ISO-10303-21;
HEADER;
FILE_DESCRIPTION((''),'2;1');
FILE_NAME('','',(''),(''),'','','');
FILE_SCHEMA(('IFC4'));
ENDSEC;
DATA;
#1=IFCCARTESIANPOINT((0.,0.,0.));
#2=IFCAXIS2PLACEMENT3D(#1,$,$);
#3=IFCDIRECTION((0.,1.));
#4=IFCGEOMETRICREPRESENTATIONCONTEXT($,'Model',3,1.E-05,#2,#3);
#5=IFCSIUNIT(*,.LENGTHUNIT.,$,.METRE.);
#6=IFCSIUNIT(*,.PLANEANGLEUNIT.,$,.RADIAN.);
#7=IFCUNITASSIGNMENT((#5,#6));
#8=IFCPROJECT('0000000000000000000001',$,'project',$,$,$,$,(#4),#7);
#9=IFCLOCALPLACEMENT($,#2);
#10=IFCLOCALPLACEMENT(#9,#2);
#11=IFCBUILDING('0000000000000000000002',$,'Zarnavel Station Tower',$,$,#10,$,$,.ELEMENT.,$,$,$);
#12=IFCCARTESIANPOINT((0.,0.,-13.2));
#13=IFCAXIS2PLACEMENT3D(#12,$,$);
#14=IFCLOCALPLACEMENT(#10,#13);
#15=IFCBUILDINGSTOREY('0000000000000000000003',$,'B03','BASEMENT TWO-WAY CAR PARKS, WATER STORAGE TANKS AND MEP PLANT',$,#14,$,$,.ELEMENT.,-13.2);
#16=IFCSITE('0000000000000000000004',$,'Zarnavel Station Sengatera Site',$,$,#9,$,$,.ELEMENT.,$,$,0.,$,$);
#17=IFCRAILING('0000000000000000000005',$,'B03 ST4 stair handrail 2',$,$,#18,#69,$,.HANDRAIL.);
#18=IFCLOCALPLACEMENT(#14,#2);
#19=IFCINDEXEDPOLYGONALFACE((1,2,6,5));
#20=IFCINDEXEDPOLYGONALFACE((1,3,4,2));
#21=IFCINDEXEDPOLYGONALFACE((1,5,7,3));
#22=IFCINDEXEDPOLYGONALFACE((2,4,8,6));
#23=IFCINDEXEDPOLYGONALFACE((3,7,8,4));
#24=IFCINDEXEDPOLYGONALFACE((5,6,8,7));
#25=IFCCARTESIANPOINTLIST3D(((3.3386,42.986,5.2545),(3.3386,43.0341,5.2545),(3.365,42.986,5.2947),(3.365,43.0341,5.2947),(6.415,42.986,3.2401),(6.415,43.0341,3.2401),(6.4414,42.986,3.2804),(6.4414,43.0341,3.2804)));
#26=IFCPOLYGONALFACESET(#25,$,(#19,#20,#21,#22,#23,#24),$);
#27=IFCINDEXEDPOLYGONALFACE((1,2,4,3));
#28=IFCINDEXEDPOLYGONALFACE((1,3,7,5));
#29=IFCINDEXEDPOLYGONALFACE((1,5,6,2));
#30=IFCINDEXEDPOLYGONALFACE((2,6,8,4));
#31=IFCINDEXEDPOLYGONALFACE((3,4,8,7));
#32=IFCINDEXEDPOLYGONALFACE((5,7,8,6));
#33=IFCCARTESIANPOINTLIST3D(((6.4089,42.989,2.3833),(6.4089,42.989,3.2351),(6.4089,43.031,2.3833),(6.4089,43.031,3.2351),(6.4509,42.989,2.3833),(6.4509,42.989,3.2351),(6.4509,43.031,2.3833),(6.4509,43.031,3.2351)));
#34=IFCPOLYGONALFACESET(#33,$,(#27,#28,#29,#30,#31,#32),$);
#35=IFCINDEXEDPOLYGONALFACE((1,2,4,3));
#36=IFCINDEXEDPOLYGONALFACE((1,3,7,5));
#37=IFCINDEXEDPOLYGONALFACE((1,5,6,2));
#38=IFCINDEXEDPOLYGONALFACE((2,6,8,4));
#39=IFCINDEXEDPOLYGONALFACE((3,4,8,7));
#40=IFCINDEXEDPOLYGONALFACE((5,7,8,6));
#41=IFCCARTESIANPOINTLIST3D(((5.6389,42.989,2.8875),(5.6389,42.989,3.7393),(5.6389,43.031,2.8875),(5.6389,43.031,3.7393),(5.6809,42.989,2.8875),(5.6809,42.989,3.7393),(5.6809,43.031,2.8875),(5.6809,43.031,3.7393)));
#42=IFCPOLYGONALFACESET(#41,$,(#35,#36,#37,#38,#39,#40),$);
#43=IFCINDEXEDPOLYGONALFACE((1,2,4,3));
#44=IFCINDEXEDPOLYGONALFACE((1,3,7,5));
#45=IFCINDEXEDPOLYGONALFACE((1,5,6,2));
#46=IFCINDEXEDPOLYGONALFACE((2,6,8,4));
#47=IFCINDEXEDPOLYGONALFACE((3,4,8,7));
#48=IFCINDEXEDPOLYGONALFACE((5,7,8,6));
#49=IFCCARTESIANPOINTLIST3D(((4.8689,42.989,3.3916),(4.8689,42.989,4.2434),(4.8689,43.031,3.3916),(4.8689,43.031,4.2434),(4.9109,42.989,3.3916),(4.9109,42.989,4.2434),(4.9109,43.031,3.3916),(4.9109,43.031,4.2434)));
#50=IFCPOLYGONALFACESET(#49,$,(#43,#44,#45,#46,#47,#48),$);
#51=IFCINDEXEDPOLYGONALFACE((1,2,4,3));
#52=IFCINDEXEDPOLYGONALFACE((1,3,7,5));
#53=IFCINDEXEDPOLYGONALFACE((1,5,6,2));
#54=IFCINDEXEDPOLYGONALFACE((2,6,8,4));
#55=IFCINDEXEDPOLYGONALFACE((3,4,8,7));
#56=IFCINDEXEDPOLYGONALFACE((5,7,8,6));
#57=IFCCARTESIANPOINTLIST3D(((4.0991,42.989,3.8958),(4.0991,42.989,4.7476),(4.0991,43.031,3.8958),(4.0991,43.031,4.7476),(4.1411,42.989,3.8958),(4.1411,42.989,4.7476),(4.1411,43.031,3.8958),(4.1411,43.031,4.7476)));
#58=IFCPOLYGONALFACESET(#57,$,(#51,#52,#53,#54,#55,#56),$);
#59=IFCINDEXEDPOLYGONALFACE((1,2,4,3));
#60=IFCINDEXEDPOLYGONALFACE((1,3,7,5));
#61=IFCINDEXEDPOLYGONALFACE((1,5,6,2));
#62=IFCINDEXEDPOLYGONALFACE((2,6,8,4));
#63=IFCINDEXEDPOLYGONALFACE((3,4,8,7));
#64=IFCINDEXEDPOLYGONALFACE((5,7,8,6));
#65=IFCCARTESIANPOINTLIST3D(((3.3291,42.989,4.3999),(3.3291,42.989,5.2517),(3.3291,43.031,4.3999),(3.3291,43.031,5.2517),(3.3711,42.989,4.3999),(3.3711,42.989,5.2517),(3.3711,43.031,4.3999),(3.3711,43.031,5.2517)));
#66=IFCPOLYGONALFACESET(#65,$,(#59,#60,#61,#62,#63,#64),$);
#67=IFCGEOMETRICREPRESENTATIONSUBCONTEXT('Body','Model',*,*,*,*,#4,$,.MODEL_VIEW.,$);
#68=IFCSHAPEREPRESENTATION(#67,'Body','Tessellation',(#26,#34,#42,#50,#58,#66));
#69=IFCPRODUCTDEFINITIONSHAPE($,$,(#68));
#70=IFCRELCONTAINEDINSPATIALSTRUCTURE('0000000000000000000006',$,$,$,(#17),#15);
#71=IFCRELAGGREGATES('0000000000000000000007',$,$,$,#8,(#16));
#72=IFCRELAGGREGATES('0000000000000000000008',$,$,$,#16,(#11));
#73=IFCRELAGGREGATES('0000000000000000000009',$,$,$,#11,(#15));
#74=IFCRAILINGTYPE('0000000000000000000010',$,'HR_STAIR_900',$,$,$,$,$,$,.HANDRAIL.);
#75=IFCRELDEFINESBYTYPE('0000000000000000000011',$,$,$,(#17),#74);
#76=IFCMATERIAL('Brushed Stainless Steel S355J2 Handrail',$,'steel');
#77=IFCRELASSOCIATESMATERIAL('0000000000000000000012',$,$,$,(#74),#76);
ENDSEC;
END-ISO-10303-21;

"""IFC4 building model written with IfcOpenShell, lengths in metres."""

from ifc_helpers import new_model, si_unit, direction, frame, origin, origin_2d, place, context, subcontext, project, spatial, rectangle, extrude, material, type_object, element, save


model = new_model("IFC4")

# Units and contexts
model_context = context("Model", 3, precision=1e-05, world=origin(), true_north=direction((0.0, 1.0)))
body_context = subcontext(model_context, "Body", "Model", "MODEL_VIEW")
ifc_project = project(units=[si_unit("LENGTHUNIT", "METRE"), si_unit("PLANEANGLEUNIT", "RADIAN")], contexts=[model_context])

# Site, building, storey
site_placement = place(None, origin())
site = spatial("IfcSite", under=ifc_project, at=site_placement, Name="Zarnavel Station Sengatera Site", CompositionType="ELEMENT", RefElevation=0.0)
building_placement = place(site_placement, origin())
building = spatial("IfcBuilding", under=site, at=building_placement, Name="Zarnavel Station Tower", CompositionType="ELEMENT")
storey_placement = place(building_placement, frame((0.0, 0.0, -13.2)))
storey = spatial("IfcBuildingStorey", under=building, at=storey_placement, Name="B03", Description="BASEMENT TWO-WAY CAR PARKS, WATER STORAGE TANKS AND MEP PLANT", CompositionType="ELEMENT", Elevation=-13.2)

# Railing
ifc_material_1 = material(Name="Brushed Stainless Steel S355J2 Handrail", Category="steel")
railing_type_1 = type_object("IfcRailingType", Name="HR_STAIR_900", PredefinedType="HANDRAIL", material=ifc_material_1)
railing_1_placement = place(storey_placement, frame((6.4299, 43.01, 2.3833)))
element("IfcRailing", 1, at=railing_1_placement, inside=storey, type_object=railing_type_1, Name="B03 ST4 stair handrail 2", PredefinedType="HANDRAIL", context=body_context, shape_type="SweptSolid", body=[
    extrude(rectangle(XDim=0.0481, YDim=0.0481, at=origin_2d()), frame((-0.0017, 0.0, 0.877), z_axis=(-0.836613, 0.0, 0.547794), x_axis=(0.0, -1.0, 0.0)), (0.0, 0.0, 1.0), 3.6772),
    extrude(rectangle(XDim=0.042, YDim=0.042, at=origin_2d()), origin(), (0.0, 0.0, 1.0), 0.8518),
    extrude(rectangle(XDim=0.042, YDim=0.042, at=origin_2d()), frame((-0.77, 0.0, 0.5042)), (0.0, 0.0, 1.0), 0.8518),
    extrude(rectangle(XDim=0.042, YDim=0.042, at=origin_2d()), frame((-1.54, 0.0, 1.0083)), (0.0, 0.0, 1.0), 0.8518),
    extrude(rectangle(XDim=0.042, YDim=0.042, at=origin_2d()), frame((-2.3098, 0.0, 1.5125)), (0.0, 0.0, 1.0), 0.8518),
    extrude(rectangle(XDim=0.042, YDim=0.042, at=origin_2d()), frame((-3.0798, 0.0, 2.0166)), (0.0, 0.0, 1.0), 0.8518),
])

save(model, "model.ifc")
